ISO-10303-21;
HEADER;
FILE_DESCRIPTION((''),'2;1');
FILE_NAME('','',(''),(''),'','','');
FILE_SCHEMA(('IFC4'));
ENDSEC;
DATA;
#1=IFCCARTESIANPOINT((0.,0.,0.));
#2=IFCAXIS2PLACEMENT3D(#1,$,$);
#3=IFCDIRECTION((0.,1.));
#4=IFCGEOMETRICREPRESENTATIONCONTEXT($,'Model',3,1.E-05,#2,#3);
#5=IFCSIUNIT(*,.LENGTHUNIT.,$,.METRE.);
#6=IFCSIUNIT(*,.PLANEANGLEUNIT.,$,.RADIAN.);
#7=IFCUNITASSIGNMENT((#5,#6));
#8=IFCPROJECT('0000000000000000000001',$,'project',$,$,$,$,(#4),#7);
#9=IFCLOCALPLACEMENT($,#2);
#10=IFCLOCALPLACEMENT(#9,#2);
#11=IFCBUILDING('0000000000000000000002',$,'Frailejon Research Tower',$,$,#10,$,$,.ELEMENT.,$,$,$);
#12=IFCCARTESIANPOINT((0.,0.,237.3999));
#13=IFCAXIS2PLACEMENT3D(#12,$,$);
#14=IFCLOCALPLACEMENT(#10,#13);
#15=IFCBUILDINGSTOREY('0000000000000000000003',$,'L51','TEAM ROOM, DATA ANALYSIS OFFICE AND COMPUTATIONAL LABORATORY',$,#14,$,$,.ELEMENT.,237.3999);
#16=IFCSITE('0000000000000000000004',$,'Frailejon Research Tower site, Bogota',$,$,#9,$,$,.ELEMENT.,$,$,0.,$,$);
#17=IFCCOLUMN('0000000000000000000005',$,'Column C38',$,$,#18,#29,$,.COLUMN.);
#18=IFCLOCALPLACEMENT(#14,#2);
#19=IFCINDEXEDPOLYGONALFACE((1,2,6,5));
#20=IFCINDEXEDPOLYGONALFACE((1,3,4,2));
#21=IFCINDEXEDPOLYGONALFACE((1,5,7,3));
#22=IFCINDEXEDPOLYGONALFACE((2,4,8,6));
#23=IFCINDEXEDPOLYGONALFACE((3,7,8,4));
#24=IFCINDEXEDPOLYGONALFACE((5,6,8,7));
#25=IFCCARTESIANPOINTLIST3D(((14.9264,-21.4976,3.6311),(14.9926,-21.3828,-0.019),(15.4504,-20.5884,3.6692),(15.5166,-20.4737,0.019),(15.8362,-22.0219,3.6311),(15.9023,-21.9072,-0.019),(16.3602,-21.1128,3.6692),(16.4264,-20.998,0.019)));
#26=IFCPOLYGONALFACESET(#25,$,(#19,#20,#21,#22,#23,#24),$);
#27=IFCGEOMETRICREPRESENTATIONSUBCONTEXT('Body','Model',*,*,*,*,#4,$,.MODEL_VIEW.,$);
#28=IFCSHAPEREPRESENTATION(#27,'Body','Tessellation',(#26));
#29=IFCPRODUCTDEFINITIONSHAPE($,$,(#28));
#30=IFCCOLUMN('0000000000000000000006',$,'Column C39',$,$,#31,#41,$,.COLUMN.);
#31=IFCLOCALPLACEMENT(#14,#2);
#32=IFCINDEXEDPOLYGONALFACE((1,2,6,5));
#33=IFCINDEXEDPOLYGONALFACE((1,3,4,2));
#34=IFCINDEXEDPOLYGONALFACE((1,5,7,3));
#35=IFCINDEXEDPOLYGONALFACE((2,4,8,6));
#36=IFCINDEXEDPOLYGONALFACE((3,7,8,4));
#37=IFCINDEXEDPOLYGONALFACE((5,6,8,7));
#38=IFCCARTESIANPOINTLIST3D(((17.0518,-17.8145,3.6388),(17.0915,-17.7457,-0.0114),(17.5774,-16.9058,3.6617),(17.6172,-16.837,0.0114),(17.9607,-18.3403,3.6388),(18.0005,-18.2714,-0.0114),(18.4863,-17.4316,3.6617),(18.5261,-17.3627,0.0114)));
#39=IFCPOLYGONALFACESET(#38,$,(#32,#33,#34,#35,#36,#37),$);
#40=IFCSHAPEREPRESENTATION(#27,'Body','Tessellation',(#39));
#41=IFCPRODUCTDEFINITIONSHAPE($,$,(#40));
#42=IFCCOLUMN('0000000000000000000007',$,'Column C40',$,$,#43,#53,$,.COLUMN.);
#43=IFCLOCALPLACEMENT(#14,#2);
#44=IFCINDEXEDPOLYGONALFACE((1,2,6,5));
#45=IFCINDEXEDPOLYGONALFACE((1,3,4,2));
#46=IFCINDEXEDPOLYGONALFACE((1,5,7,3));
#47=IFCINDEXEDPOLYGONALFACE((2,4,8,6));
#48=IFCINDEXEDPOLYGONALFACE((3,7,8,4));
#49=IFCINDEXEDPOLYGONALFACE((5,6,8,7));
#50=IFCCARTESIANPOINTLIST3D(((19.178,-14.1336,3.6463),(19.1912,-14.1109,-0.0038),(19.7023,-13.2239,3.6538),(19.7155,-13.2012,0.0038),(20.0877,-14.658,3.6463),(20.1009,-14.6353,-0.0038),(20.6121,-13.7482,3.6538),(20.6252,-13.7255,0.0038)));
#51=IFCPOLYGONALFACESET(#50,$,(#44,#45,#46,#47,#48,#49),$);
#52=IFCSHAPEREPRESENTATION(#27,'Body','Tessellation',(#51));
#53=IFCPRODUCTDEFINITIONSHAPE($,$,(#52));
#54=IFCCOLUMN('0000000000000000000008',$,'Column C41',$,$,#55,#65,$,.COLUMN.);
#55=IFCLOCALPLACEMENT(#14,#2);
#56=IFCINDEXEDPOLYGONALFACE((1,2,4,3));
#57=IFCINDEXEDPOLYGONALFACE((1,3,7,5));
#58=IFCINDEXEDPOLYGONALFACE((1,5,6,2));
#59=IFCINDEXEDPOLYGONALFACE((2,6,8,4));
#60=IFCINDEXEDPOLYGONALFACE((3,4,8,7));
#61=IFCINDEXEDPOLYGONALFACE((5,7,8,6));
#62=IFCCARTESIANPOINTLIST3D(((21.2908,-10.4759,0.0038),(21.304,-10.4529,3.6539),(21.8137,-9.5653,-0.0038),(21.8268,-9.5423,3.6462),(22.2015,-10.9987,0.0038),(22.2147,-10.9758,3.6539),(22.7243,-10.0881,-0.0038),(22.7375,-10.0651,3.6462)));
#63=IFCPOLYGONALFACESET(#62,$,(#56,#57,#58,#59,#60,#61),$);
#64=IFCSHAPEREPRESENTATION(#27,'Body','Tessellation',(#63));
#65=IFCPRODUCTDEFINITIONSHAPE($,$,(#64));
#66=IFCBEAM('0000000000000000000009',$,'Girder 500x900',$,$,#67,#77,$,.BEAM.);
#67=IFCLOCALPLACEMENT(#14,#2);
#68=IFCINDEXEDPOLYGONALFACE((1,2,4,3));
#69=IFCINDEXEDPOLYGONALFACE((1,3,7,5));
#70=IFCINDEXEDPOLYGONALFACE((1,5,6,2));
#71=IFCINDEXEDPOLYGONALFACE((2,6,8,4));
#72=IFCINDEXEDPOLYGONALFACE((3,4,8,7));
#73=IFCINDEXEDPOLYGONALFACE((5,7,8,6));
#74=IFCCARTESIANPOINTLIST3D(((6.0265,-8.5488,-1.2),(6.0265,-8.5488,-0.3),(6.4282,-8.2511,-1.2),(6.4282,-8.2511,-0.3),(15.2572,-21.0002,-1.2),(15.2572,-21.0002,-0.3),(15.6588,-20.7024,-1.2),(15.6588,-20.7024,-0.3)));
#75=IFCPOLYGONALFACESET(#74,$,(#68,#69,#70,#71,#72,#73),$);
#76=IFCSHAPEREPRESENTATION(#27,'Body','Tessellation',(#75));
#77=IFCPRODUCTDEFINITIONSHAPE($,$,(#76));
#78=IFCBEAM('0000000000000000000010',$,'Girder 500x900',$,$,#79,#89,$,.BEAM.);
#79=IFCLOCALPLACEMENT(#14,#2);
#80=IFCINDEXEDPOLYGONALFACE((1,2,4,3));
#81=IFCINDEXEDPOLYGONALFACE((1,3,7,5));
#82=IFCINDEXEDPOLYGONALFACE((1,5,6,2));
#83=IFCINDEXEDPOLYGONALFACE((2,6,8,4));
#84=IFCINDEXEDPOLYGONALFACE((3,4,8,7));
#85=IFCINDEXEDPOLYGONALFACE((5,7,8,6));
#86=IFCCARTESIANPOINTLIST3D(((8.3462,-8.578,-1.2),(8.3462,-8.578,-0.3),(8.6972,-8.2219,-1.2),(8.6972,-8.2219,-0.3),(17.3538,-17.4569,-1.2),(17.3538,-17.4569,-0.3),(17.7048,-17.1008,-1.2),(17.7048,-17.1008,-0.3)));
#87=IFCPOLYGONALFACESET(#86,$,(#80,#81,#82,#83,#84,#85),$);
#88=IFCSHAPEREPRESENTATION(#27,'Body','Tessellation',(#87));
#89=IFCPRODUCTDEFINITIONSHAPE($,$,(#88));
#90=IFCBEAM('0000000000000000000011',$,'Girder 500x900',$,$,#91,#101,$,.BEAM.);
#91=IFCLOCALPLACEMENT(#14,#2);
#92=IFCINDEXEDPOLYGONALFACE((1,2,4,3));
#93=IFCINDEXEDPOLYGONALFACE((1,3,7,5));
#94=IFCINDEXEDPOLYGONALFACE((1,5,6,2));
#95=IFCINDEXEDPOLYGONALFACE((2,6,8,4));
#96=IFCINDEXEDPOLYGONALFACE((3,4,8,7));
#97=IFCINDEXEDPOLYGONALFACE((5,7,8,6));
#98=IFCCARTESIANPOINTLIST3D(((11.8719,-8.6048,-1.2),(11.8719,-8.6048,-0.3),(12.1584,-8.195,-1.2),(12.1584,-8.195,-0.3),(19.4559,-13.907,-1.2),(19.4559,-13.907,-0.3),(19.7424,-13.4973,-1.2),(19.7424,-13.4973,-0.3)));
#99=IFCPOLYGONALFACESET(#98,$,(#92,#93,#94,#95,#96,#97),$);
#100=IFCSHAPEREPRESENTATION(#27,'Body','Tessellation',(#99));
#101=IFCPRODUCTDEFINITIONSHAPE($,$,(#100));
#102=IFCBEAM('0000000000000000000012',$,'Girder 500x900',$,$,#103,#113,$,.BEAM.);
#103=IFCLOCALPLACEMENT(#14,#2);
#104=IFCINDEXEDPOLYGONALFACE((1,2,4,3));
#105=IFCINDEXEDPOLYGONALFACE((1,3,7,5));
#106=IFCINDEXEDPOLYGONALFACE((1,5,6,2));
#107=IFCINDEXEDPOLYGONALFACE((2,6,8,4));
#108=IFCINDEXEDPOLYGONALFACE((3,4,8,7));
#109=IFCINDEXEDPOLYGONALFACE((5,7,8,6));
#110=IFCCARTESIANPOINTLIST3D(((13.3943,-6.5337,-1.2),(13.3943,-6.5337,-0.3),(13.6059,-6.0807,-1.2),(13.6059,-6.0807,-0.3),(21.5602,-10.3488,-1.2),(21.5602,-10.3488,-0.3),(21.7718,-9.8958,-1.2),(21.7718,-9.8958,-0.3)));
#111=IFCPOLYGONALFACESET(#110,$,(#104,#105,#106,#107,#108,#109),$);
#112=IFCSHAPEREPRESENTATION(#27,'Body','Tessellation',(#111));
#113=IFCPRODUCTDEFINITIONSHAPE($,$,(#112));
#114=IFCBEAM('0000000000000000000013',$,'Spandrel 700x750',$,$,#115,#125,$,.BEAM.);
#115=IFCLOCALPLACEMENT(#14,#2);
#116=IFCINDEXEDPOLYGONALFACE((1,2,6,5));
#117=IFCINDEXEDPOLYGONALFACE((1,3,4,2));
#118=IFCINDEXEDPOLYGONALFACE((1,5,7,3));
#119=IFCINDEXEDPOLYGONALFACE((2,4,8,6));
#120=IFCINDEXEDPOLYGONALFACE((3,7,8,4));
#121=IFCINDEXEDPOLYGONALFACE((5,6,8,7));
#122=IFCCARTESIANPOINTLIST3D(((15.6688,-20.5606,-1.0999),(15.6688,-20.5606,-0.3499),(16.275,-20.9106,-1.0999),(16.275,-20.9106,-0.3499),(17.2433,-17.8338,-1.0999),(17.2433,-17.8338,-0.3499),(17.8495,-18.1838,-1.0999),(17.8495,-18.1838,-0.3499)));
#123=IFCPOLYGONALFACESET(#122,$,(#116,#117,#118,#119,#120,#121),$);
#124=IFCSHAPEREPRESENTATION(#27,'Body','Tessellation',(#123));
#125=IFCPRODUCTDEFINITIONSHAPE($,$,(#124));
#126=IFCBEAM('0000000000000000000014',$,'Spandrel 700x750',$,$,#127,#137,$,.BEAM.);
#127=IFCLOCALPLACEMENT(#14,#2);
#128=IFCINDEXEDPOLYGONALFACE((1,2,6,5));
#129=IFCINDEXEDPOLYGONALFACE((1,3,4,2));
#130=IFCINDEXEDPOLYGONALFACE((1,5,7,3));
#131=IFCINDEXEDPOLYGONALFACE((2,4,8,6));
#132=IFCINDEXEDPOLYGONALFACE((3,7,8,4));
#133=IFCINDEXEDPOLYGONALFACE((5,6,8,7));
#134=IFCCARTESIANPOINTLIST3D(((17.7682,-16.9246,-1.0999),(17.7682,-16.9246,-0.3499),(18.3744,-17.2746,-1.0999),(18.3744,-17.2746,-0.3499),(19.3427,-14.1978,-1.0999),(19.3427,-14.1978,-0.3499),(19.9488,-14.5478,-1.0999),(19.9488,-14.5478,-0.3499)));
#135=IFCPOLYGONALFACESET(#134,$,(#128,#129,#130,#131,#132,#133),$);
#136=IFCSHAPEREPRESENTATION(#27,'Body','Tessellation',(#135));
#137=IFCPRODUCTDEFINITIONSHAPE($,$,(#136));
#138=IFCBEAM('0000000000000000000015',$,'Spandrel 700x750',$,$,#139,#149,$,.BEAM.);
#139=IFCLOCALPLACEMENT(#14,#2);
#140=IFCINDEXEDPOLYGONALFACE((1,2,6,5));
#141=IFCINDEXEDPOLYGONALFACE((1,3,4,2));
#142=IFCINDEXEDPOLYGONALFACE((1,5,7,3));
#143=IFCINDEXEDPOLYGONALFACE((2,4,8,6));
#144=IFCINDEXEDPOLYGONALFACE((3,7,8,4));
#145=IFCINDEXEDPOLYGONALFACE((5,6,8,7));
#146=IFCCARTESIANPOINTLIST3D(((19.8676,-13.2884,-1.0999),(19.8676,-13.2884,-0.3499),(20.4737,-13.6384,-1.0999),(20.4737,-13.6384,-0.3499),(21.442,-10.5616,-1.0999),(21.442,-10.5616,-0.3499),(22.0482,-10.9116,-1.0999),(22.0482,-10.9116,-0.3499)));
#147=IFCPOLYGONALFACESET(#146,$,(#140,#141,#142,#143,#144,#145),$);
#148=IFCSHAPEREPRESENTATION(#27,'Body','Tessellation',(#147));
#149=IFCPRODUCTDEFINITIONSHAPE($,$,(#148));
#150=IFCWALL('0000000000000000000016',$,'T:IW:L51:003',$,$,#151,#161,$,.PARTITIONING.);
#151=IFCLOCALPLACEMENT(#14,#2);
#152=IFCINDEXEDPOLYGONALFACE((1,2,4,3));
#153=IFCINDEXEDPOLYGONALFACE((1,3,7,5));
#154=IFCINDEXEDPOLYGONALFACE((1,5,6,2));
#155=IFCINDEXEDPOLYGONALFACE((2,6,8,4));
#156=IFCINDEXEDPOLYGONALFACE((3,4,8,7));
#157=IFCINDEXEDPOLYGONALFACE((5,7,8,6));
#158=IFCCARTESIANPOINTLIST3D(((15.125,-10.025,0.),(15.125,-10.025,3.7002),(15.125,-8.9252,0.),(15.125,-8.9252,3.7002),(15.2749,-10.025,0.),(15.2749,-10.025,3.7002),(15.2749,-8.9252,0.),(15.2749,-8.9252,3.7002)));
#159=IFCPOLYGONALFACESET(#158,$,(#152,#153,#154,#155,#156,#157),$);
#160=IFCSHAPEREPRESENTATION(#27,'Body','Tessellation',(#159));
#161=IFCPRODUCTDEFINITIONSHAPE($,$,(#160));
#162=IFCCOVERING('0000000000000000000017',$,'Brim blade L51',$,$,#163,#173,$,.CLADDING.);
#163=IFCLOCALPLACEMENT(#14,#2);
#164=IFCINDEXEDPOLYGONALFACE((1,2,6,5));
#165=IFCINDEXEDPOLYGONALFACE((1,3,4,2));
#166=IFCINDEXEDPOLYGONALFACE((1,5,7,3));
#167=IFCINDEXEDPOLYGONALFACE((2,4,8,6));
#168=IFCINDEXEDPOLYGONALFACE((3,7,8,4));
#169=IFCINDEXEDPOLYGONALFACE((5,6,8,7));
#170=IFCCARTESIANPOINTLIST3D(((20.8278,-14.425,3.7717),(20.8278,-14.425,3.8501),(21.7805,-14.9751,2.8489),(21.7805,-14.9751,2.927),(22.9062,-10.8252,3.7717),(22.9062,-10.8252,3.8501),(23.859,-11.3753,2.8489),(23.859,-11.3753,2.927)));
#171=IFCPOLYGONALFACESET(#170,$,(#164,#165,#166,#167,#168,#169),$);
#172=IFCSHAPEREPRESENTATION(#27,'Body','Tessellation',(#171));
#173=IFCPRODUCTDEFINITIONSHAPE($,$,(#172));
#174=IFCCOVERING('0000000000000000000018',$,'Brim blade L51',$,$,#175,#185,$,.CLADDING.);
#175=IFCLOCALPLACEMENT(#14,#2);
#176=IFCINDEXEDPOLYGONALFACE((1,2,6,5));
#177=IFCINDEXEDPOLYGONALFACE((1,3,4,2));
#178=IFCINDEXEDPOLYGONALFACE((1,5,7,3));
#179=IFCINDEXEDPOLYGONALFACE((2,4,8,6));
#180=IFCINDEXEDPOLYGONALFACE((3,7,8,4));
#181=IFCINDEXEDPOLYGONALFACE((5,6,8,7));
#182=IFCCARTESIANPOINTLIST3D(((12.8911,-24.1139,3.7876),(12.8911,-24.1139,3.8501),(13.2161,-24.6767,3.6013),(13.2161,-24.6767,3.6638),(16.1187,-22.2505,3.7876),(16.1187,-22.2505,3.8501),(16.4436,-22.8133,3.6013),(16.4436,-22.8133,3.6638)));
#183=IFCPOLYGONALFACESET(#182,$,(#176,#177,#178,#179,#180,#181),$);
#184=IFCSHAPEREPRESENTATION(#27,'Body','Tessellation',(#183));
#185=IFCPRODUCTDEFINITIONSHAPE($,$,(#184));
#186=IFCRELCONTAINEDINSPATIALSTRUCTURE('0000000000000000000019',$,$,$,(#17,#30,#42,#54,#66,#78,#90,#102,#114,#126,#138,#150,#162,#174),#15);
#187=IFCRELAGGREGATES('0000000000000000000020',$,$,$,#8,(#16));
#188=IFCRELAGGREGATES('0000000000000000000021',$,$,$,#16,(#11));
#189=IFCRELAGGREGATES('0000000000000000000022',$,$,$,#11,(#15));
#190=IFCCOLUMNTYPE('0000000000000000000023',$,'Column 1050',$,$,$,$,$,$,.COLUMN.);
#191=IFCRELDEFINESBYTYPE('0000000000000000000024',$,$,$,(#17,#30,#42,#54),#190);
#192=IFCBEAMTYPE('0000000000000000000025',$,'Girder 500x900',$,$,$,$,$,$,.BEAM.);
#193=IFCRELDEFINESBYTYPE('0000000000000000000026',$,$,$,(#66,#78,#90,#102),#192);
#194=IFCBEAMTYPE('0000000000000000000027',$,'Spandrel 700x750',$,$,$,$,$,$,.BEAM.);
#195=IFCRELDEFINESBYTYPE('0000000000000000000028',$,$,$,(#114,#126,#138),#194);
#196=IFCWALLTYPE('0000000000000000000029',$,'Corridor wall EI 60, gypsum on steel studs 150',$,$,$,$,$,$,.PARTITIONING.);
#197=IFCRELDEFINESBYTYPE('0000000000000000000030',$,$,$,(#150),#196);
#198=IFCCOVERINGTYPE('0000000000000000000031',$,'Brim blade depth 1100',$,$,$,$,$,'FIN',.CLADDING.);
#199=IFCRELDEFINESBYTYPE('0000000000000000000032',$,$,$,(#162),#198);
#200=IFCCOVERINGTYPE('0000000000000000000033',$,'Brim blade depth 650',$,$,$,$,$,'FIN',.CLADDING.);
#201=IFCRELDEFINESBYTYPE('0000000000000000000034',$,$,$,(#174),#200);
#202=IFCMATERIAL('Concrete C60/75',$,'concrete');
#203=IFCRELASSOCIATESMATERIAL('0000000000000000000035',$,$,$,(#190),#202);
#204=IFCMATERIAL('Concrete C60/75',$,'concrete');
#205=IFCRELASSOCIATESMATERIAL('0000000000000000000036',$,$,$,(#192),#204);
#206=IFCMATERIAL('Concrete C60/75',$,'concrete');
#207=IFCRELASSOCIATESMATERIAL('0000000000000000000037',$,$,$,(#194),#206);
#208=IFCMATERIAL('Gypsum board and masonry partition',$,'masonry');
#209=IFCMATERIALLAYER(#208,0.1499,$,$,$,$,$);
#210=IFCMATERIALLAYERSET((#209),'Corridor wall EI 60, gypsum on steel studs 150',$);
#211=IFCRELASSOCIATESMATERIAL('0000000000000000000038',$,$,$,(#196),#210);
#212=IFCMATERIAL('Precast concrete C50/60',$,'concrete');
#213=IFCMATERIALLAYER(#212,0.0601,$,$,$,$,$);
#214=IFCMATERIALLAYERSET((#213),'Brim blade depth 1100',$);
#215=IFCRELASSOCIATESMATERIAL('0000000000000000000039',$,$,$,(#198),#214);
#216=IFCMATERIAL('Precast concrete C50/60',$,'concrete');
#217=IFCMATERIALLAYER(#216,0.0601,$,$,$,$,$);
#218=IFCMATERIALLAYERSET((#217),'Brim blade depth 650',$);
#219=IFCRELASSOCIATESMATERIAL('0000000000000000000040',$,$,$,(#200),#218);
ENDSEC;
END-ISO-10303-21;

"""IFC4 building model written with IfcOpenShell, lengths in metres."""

from ifc_helpers import new_model, si_unit, direction, frame, frame_2d, origin, origin_2d, place, context, subcontext, project, spatial, polyline, rectangle, outline, extrude, material, layer, layer_set, material_profile, profile_set, type_object, element, save


model = new_model("IFC4")

# Units and contexts
model_context = context("Model", 3, precision=1e-05, world=origin(), true_north=direction((0.0, 1.0)))
body_context = subcontext(model_context, "Body", "Model", "MODEL_VIEW")
ifc_project = project(units=[si_unit("LENGTHUNIT", "METRE"), si_unit("PLANEANGLEUNIT", "RADIAN")], contexts=[model_context])

# Site, building, storey
site_placement = place(None, origin())
site = spatial("IfcSite", under=ifc_project, at=site_placement, Name="Frailejon Research Tower site, Bogota", CompositionType="ELEMENT", RefElevation=0.0)
building_placement = place(site_placement, origin())
building = spatial("IfcBuilding", under=site, at=building_placement, Name="Frailejon Research Tower", CompositionType="ELEMENT")
storey_placement = place(building_placement, frame((0.0, 0.0, 237.3999)))
storey = spatial("IfcBuildingStorey", under=building, at=storey_placement, Name="L51", Description="TEAM ROOM, DATA ANALYSIS OFFICE AND COMPUTATIONAL LABORATORY", CompositionType="ELEMENT", Elevation=237.3999)

# Columns
ifc_material_1 = material(Name="Concrete C60/75", Category="concrete")
ifc_material_profile_1 = material_profile(ifc_material_1, rectangle(XDim=1.05, YDim=1.05, at=origin_2d()), Name="Column 1050")
ifc_profile_set_1 = profile_set([ifc_material_profile_1], Name="Concrete C60/75")
column_type = type_object("IfcColumnType", Name="Column 1050", PredefinedType="COLUMN", material=ifc_profile_set_1)
column_1_placement = place(storey_placement, frame((15.7095, -21.1904, 0.0), z_axis=(-0.018114, -0.031415, 0.999342), x_axis=(0.499041, 0.86582, 0.036263)))
element("IfcColumn", 1, at=column_1_placement, inside=storey, type_object=column_type, Name="Column C38", PredefinedType="COLUMN", context=body_context, shape_type="SweptSolid", body=[
    extrude(rectangle(XDim=1.05, YDim=1.05, at=origin_2d()), origin(), (0.0, 0.0, 1.0), 3.6526),
])
column_2_placement = place(storey_placement, frame((17.8088, -17.5542, 0.0), z_axis=(-0.0109, -0.018857, 0.999763), x_axis=(0.50059, 0.86541, 0.021781)))
element("IfcColumn", 2, at=column_2_placement, inside=storey, type_object=column_type, Name="Column C39", PredefinedType="COLUMN", context=body_context, shape_type="SweptSolid", body=[
    extrude(rectangle(XDim=1.05, YDim=1.05, at=origin_2d()), origin(), (0.0, 0.0, 1.0), 3.6511),
])
for number, where, z_axis, x_axis, name in (
    (3, (19.9082, -13.9182, 0.0), (-0.003612, -0.00622, 0.999974), (0.499322, 0.866387, 0.007193), "Column C40"),
    (4, (22.0076, -10.282, 0.0), (0.003612, 0.006287, 0.999974), (0.49789, 0.86721, -0.007251), "Column C41"),
):
    element("IfcColumn", number, at=place(storey_placement, frame(where, z_axis=z_axis, x_axis=x_axis)), inside=storey, type_object=column_type, Name=name, PredefinedType="COLUMN", context=body_context, shape_type="SweptSolid", body=[
        extrude(rectangle(XDim=1.05, YDim=1.05, at=origin_2d()), origin(), (0.0, 0.0, 1.0), 3.6501),
    ])

# Beams
ifc_material_2 = material(Name="Concrete C60/75", Category="concrete")
ifc_material_profile_2 = material_profile(ifc_material_2, rectangle(XDim=0.5, YDim=0.8999, at=origin_2d()), Name="Girder 500x900")
ifc_profile_set_2 = profile_set([ifc_material_profile_2], Name="Concrete C60/75")
beam_type_1 = type_object("IfcBeamType", Name="Girder 500x900", PredefinedType="BEAM", material=ifc_profile_set_2)
beam_1_placement = place(storey_placement, frame((15.458, -20.8513, -0.75), z_axis=(-0.595538, 0.803327, 0.0), x_axis=(-0.803327, -0.595538, 0.0)))
element("IfcBeam", 5, at=beam_1_placement, inside=storey, type_object=beam_type_1, Name="Girder 500x900", PredefinedType="BEAM", context=body_context, shape_type="SweptSolid", body=[
    extrude(rectangle(XDim=0.5, YDim=0.8999, at=origin_2d()), origin(), (0.0, 0.0, 1.0), 15.4998),
])
beam_2_placement = place(storey_placement, frame((17.5293, -17.2788, -0.75), z_axis=(-0.712175, 0.702002, 0.0), x_axis=(-0.702002, -0.712175, 0.0)))
element("IfcBeam", 6, at=beam_2_placement, inside=storey, type_object=beam_type_1, Name="Girder 500x900", PredefinedType="BEAM", context=body_context, shape_type="SweptSolid", body=[
    extrude(rectangle(XDim=0.5, YDim=0.8999, at=origin_2d()), origin(), (0.0, 0.0, 1.0), 12.6479),
])
beam_3_placement = place(storey_placement, frame((19.5991, -13.7021, -0.75), z_axis=(-0.819564, 0.572988, 0.0), x_axis=(-0.572988, -0.819564, 0.0)))
element("IfcBeam", 7, at=beam_3_placement, inside=storey, type_object=beam_type_1, Name="Girder 500x900", PredefinedType="BEAM", context=body_context, shape_type="SweptSolid", body=[
    extrude(rectangle(XDim=0.5, YDim=0.8999, at=origin_2d()), origin(), (0.0, 0.0, 1.0), 9.2537),
])
beam_4_placement = place(storey_placement, frame((21.666, -10.1223, -0.75), z_axis=(-0.905997, 0.423284, 0.0), x_axis=(-0.423284, -0.905997, 0.0)))
element("IfcBeam", 8, at=beam_4_placement, inside=storey, type_object=beam_type_1, Name="Girder 500x900", PredefinedType="BEAM", context=body_context, shape_type="SweptSolid", body=[
    extrude(rectangle(XDim=0.5, YDim=0.8999, at=origin_2d()), origin(), (0.0, 0.0, 1.0), 9.0132),
])
ifc_material_3 = material(Name="Concrete C60/75", Category="concrete")
ifc_material_profile_3 = material_profile(ifc_material_3, rectangle(XDim=0.7, YDim=0.75, at=origin_2d()), Name="Spandrel 700x750")
ifc_profile_set_3 = profile_set([ifc_material_profile_3], Name="Concrete C60/75")
beam_type_2 = type_object("IfcBeamType", Name="Spandrel 700x750", PredefinedType="BEAM", material=ifc_profile_set_3)
for number, where, z_axis, x_axis, name in (
    (9, (15.9719, -20.7356, -0.7249), (0.500033, 0.866006, 0.0), (-0.866006, 0.500033, 0.0), "Spandrel 700x750"),
    (10, (18.0713, -17.0996, -0.7249), (0.500033, 0.866006, 0.0), (-0.866006, 0.500033, 0.0), "Spandrel 700x750"),
    (11, (20.1707, -13.4634, -0.7249), (0.500033, 0.866006, 0.0), (-0.866006, 0.500033, 0.0), "Spandrel 700x750"),
):
    element("IfcBeam", number, at=place(storey_placement, frame(where, z_axis=z_axis, x_axis=x_axis)), inside=storey, type_object=beam_type_2, Name=name, PredefinedType="BEAM", context=body_context, shape_type="SweptSolid", body=[
        extrude(rectangle(XDim=0.7, YDim=0.75, at=origin_2d()), origin(), (0.0, 0.0, 1.0), 3.1487),
    ])

# Wall
ifc_material_4 = material(Name="Gypsum board and masonry partition", Category="masonry")
ifc_layer_1 = layer(ifc_material_4, 0.1499)
ifc_layer_set_1 = layer_set([ifc_layer_1], Name="Corridor wall EI 60, gypsum on steel studs 150")
wall_type_1 = type_object("IfcWallType", Name="Corridor wall EI 60, gypsum on steel studs 150", PredefinedType="PARTITIONING", material=ifc_layer_set_1)
wall_1_placement = place(storey_placement, frame((15.2, -10.0249, 0.0), z_axis=(0.0, 0.0, 1.0), x_axis=(0.0, 1.0, 0.0)))
element("IfcWall", 12, at=wall_1_placement, inside=storey, type_object=wall_type_1, Name="T:IW:L51:003", PredefinedType="PARTITIONING", context=body_context, shape_type="SweptSolid", body=[
    extrude(rectangle(XDim=1.0999, YDim=0.1499, at=frame_2d((0.5498, 0.0))), origin(), (0.0, 0.0, 1.0), 3.7002),
])

# Coverings
ifc_material_5 = material(Name="Precast concrete C50/60", Category="concrete")
ifc_layer_2 = layer(ifc_material_5, 0.0601)
ifc_layer_set_2 = layer_set([ifc_layer_2], Name="Brim blade depth 1100")
covering_type_1 = type_object("IfcCoveringType", Name="Brim blade depth 1100", ElementType="FIN", PredefinedType="CLADDING", material=ifc_layer_set_2)
covering_1_placement = place(storey_placement, frame((22.9062, -10.8252, 3.8501), z_axis=(-0.50001, -0.86602, 0.0), x_axis=(0.86602, -0.50001, 0.0)))
element("IfcCovering", 13, at=covering_1_placement, inside=storey, type_object=covering_type_1, Name="Brim blade L51", PredefinedType="CLADDING", context=body_context, shape_type="SweptSolid", body=[
    extrude(outline(polyline([(0.0, -0.0784), (1.1001, -1.0012), (1.1001, -0.9231), (0.0, 0.0), (0.0, -0.0784)])), origin(), (0.0, 0.0, 1.0), 4.1567),
])
ifc_material_6 = material(Name="Precast concrete C50/60", Category="concrete")
ifc_layer_3 = layer(ifc_material_6, 0.0601)
ifc_layer_set_3 = layer_set([ifc_layer_3], Name="Brim blade depth 650")
covering_type_2 = type_object("IfcCoveringType", Name="Brim blade depth 650", ElementType="FIN", PredefinedType="CLADDING", material=ifc_layer_set_3)
covering_2_placement = place(storey_placement, frame((16.1187, -22.2505, 3.8501), z_axis=(-0.86603, -0.499992, 0.0), x_axis=(0.499992, -0.86603, 0.0)))
element("IfcCovering", 14, at=covering_2_placement, inside=storey, type_object=covering_type_2, Name="Brim blade L51", PredefinedType="CLADDING", context=body_context, shape_type="SweptSolid", body=[
    extrude(outline(polyline([(0.0, -0.0625), (0.6499, -0.2488), (0.6499, -0.1863), (0.0, 0.0), (0.0, -0.0625)])), origin(), (0.0, 0.0, 1.0), 3.7268),
])

save(model, "model.ifc")
